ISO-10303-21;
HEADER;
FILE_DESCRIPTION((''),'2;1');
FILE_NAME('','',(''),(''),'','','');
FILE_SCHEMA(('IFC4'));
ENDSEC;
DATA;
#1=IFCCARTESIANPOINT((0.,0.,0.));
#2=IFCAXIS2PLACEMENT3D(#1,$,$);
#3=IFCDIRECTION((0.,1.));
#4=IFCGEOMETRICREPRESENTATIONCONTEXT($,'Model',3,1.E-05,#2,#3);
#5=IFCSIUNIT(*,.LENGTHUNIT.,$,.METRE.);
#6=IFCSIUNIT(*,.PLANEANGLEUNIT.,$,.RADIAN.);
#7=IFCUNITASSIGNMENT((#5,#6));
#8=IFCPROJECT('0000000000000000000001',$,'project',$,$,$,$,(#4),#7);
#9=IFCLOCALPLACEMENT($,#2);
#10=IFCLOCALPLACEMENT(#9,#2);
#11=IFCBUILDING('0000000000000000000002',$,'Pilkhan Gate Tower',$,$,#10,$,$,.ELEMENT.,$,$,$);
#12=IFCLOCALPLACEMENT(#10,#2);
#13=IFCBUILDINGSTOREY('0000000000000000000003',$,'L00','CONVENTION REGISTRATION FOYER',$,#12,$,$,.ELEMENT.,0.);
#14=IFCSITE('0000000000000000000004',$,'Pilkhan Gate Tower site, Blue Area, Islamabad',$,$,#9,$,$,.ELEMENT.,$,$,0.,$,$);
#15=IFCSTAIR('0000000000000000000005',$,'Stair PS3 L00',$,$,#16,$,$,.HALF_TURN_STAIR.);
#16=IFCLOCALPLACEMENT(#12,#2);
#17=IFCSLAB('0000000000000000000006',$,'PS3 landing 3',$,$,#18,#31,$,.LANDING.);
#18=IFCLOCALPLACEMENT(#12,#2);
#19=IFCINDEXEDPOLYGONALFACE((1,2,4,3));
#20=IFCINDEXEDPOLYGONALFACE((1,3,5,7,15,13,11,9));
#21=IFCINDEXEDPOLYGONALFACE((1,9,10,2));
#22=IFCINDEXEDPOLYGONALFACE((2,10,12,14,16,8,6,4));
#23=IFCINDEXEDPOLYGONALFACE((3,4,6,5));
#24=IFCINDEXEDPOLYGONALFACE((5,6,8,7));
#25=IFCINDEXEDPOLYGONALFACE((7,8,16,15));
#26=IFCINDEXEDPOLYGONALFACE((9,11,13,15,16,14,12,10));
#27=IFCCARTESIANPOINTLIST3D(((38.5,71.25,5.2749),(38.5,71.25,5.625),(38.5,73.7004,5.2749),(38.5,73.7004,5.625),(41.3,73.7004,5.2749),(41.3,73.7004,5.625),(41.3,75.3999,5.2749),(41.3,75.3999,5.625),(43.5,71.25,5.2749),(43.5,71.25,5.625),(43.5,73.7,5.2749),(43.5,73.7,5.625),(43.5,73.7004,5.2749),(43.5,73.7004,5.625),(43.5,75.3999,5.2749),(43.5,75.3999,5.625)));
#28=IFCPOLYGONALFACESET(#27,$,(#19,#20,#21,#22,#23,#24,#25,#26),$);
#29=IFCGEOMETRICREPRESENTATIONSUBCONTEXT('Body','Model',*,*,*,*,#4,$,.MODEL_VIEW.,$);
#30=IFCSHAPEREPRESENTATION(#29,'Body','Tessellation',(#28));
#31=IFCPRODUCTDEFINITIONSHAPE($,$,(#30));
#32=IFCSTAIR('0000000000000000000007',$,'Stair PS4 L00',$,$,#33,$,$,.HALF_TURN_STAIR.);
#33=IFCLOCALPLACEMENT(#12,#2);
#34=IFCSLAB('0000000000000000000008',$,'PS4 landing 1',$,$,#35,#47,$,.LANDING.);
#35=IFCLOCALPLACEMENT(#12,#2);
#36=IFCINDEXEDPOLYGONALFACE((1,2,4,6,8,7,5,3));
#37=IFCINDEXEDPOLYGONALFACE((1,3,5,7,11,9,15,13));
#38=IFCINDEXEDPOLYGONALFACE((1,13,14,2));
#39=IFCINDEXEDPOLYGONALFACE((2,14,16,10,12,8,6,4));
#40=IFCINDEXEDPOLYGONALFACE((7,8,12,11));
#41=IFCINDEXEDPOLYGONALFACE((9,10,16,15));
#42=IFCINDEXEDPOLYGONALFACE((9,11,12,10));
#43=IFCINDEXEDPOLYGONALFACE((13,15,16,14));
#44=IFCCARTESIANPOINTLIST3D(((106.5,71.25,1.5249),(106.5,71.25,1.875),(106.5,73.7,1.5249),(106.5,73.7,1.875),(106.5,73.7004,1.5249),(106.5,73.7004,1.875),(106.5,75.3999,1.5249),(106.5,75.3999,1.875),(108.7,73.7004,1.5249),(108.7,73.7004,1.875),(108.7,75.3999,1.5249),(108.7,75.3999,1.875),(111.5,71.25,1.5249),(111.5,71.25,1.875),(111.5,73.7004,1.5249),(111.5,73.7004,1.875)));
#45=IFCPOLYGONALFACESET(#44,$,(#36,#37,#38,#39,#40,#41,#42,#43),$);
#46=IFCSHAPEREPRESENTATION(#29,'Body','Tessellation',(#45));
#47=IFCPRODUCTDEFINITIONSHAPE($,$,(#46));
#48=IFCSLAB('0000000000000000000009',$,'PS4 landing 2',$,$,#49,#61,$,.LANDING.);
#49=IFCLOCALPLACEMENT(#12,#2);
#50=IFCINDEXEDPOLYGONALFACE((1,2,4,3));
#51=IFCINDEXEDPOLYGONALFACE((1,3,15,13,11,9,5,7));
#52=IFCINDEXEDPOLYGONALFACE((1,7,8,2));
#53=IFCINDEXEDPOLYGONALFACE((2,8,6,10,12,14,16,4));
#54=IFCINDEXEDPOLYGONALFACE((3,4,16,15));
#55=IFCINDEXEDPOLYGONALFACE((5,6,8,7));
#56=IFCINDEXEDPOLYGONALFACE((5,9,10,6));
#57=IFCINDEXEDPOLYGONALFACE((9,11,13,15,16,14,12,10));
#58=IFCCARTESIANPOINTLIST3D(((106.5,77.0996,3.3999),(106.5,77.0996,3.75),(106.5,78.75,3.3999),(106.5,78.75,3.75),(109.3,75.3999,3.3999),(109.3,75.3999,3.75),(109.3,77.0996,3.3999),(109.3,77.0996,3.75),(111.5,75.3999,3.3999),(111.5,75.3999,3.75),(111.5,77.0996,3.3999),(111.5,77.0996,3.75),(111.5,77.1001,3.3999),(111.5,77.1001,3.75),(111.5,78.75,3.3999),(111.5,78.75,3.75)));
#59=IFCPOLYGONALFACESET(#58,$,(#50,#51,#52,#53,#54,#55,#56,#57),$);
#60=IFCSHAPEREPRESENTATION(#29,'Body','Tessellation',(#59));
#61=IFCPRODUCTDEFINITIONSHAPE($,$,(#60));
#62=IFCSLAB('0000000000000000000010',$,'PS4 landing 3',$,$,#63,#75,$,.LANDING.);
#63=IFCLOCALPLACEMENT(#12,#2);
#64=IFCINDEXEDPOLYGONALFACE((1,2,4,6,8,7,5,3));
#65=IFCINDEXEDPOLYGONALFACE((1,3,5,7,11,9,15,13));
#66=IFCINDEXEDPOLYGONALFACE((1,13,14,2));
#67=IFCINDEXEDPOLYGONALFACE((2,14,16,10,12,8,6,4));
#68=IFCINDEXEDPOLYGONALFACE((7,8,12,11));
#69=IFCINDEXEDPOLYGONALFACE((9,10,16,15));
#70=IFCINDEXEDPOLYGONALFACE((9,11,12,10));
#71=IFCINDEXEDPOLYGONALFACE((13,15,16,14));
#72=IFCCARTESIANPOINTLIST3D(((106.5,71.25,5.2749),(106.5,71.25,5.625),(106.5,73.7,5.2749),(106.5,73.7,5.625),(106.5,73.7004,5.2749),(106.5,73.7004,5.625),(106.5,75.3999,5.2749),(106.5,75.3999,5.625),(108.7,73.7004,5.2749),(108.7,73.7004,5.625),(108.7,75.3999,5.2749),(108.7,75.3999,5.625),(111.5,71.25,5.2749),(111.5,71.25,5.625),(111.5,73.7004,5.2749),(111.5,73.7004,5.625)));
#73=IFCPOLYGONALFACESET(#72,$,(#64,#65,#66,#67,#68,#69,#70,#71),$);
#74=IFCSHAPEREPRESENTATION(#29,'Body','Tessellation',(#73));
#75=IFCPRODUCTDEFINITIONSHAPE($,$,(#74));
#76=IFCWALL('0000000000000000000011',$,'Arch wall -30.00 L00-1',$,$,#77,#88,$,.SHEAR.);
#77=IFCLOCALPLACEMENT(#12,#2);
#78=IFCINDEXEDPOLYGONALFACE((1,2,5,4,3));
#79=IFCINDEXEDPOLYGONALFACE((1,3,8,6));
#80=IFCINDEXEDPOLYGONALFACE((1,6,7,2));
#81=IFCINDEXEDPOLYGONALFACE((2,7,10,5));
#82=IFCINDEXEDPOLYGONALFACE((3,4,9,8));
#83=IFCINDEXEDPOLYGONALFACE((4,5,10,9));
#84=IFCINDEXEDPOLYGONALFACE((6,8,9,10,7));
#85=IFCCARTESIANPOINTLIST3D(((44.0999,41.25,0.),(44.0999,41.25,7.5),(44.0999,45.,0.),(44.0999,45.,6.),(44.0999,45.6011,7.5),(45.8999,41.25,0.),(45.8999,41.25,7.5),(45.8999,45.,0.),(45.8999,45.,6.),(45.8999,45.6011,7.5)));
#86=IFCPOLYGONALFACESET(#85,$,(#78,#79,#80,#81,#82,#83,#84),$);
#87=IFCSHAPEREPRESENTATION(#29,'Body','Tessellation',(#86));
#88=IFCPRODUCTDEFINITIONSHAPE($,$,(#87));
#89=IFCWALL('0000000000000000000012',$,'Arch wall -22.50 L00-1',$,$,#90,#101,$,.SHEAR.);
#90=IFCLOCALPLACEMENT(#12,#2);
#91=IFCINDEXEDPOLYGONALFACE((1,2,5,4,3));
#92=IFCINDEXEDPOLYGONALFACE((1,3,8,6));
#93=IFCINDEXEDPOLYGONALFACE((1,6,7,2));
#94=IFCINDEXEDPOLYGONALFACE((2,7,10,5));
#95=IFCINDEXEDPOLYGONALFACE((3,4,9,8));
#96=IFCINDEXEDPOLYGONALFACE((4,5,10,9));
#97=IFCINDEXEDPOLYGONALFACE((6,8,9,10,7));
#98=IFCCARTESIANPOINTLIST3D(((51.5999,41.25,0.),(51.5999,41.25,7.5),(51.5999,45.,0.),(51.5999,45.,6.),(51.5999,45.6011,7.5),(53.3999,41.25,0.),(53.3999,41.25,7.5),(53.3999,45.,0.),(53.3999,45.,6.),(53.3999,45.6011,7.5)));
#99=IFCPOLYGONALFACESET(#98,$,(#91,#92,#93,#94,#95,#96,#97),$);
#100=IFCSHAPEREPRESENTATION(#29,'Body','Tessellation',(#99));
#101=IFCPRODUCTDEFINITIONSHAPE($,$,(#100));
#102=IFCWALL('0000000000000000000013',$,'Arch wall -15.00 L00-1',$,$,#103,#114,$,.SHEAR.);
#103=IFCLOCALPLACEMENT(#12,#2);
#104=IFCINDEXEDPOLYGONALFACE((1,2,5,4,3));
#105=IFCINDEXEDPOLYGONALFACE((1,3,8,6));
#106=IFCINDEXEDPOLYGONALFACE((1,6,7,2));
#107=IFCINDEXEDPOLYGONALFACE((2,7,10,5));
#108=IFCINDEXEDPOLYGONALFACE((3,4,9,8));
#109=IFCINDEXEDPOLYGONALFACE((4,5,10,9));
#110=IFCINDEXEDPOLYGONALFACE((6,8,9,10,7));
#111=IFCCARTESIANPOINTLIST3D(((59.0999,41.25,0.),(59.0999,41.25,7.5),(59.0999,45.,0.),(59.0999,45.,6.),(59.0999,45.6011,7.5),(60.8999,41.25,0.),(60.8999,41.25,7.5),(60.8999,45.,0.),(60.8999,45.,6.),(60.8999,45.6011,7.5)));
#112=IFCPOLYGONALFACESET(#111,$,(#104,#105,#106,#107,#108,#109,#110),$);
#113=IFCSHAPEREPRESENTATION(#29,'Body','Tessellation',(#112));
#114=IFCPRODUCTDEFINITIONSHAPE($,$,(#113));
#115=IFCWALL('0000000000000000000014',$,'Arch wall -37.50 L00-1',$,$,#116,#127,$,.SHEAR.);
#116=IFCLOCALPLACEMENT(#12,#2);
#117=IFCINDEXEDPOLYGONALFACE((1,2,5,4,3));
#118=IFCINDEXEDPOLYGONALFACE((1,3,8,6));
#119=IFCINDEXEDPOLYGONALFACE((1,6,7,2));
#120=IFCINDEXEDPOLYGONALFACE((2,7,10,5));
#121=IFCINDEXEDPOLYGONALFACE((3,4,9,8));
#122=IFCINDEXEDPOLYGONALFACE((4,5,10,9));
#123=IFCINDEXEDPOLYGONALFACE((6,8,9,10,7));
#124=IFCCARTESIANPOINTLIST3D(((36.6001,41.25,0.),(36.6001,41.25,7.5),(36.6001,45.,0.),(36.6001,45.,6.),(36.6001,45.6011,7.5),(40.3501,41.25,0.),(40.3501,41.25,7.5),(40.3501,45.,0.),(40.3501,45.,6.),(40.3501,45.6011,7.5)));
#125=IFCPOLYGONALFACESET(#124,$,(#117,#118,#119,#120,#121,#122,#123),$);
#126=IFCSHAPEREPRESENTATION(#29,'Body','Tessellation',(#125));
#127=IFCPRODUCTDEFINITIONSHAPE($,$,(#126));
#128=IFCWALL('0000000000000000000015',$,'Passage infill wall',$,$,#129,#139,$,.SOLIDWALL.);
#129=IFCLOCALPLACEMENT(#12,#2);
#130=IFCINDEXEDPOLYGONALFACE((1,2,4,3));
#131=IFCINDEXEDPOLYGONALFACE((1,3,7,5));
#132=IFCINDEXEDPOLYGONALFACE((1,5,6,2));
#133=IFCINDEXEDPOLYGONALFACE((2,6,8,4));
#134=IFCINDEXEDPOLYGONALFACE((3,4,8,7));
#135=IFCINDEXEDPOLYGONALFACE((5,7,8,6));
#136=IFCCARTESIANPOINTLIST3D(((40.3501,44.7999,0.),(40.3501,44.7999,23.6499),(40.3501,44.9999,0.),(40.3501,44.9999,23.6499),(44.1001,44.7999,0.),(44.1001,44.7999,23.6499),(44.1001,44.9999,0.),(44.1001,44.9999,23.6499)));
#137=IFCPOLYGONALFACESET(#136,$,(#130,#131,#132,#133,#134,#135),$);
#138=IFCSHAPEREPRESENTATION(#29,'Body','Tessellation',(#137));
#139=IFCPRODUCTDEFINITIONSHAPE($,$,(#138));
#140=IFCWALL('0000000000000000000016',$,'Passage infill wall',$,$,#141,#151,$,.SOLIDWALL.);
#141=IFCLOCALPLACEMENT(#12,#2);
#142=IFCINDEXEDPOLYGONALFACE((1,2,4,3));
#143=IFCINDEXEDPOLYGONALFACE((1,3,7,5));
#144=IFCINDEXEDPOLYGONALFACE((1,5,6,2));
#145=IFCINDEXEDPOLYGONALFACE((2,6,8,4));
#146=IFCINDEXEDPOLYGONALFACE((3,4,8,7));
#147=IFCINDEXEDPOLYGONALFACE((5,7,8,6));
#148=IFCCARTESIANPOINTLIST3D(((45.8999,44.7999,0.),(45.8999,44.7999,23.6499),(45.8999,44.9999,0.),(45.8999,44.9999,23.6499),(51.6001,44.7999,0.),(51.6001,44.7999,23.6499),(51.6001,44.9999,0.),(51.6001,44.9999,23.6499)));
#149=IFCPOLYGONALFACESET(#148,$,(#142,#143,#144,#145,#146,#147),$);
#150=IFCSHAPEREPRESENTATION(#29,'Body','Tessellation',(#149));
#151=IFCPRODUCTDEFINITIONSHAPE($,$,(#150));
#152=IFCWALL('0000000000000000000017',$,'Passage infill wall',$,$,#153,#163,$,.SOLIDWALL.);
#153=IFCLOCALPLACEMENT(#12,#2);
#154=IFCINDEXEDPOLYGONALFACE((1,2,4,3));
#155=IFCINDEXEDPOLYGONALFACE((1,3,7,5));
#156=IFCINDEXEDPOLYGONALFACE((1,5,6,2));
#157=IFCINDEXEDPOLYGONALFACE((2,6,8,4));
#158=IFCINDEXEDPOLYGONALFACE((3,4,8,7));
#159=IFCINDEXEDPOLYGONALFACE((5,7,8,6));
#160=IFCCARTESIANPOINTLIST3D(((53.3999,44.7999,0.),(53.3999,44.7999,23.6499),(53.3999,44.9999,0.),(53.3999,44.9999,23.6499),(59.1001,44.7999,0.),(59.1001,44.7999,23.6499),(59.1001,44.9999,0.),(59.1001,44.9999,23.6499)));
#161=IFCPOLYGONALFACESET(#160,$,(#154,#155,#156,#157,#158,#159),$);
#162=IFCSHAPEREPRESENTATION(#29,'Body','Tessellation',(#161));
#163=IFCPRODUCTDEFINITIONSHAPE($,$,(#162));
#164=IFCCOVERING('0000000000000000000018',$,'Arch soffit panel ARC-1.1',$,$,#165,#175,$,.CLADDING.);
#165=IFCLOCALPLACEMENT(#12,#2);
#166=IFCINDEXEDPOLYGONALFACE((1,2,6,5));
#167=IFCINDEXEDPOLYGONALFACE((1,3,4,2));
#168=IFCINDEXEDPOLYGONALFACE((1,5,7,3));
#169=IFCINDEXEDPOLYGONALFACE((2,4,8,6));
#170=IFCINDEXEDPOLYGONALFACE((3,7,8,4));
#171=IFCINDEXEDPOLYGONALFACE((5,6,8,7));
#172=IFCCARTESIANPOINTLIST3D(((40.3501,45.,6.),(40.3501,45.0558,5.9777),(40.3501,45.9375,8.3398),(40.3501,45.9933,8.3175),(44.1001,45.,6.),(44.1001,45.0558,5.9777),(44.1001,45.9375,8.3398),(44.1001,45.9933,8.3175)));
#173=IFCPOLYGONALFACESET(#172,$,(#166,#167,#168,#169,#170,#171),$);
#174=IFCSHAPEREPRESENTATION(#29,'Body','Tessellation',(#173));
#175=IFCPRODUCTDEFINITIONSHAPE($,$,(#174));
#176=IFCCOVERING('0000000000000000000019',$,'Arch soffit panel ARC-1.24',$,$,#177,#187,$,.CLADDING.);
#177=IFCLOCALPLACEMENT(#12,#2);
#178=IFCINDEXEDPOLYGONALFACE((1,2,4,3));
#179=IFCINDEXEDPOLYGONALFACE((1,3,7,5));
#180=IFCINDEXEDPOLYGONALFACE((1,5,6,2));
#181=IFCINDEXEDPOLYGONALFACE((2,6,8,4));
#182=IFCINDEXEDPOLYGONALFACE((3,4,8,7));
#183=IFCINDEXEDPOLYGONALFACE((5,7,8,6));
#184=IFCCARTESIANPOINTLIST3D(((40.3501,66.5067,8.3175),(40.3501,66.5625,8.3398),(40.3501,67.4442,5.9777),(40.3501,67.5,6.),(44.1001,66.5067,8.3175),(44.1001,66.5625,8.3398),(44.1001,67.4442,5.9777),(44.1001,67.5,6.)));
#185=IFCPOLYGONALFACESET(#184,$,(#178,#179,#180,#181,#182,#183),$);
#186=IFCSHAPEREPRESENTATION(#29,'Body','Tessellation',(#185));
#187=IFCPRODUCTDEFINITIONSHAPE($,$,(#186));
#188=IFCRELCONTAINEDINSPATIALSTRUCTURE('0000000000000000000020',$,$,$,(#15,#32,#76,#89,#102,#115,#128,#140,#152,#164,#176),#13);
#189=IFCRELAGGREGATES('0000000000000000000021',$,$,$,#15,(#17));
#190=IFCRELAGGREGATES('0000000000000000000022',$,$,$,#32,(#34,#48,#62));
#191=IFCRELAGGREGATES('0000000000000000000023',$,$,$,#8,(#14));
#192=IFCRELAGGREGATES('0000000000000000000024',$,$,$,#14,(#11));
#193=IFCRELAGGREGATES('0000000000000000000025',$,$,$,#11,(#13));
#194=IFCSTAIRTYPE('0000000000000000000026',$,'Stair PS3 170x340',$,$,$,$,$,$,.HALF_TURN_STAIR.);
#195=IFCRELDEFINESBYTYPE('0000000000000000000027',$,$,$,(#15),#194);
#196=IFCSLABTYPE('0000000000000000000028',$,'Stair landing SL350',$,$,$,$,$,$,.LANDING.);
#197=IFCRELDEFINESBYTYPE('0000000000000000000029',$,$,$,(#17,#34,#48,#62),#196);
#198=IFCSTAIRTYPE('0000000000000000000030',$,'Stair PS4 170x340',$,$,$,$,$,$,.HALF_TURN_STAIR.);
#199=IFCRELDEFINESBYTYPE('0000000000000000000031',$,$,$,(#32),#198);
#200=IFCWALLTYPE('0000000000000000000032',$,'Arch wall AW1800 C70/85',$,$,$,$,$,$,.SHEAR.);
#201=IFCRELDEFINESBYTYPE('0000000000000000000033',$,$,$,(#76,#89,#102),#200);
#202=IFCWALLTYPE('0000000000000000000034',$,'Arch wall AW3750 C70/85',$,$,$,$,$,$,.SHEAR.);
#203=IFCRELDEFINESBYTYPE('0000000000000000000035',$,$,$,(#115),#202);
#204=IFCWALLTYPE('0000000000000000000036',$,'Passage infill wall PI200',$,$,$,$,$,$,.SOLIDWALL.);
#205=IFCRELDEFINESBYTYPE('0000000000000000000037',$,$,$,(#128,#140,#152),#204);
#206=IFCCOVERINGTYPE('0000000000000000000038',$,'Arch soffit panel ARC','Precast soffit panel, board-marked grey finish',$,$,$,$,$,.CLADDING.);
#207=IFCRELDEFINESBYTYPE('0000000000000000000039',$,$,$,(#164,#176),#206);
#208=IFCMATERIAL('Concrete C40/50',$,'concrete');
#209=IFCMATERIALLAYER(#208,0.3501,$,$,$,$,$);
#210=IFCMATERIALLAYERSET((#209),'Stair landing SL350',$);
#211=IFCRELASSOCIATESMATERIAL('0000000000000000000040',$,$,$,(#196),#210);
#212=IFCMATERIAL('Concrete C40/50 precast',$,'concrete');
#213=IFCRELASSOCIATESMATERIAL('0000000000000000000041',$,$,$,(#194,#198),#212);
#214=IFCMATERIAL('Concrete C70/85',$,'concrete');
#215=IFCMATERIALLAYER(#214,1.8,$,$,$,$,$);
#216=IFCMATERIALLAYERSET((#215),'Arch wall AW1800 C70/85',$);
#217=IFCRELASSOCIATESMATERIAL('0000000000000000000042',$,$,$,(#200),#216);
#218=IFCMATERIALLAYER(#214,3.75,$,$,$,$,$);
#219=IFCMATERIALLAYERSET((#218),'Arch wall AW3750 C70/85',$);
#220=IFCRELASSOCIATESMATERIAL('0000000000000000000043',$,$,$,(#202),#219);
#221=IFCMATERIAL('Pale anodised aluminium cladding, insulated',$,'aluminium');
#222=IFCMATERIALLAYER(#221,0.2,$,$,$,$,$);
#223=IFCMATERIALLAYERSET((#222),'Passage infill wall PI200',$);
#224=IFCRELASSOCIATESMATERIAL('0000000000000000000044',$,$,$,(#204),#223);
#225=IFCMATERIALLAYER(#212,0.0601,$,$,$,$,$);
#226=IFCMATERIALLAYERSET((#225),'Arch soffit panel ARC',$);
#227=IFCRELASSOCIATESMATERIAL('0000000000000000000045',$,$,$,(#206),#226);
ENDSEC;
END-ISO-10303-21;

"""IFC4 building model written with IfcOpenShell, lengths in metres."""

from ifc_helpers import new_model, si_unit, direction, frame, frame_2d, origin, place, context, subcontext, project, spatial, polyline, rectangle, outline, extrude, material, layer, layer_set, type_object, element, aggregate, save


model = new_model("IFC4")

# Units and contexts
model_context = context("Model", 3, precision=1e-05, world=origin(), true_north=direction((0.0, 1.0)))
body_context = subcontext(model_context, "Body", "Model", "MODEL_VIEW")
ifc_project = project(units=[si_unit("LENGTHUNIT", "METRE"), si_unit("PLANEANGLEUNIT", "RADIAN")], contexts=[model_context])

# Site, building, storey
site_placement = place(None, origin())
site = spatial("IfcSite", under=ifc_project, at=site_placement, Name="Pilkhan Gate Tower site, Blue Area, Islamabad", CompositionType="ELEMENT", RefElevation=0.0)
building_placement = place(site_placement, origin())
building = spatial("IfcBuilding", under=site, at=building_placement, Name="Pilkhan Gate Tower", CompositionType="ELEMENT")
storey_placement = place(building_placement, origin())
storey = spatial("IfcBuildingStorey", under=building, at=storey_placement, Name="L00", Description="CONVENTION REGISTRATION FOYER", CompositionType="ELEMENT", Elevation=0.0)

# Stairs, slabs
ifc_material_1 = material(Name="Concrete C40/50 precast", Category="concrete")
ifc_material_2 = material(Name="Concrete C40/50", Category="concrete")
ifc_layer_1 = layer(ifc_material_2, 0.3501)
ifc_layer_set_1 = layer_set([ifc_layer_1], Name="Stair landing SL350")
slab_type_1 = type_object("IfcSlabType", Name="Stair landing SL350", PredefinedType="LANDING", material=ifc_layer_set_1)
stair_type_1 = type_object("IfcStairType", Name="Stair PS3 170x340", PredefinedType="HALF_TURN_STAIR", material=ifc_material_1)
stair_1_placement = place(storey_placement, origin())
stair_1 = element("IfcStair", 1, at=stair_1_placement, inside=storey, type_object=stair_type_1, Name="Stair PS3 L00", PredefinedType="HALF_TURN_STAIR")
slab_1_placement = place(storey_placement, frame((0.0, 0.0, 5.2749)))
slab_1 = element("IfcSlab", 2, at=slab_1_placement, type_object=slab_type_1, Name="PS3 landing 3", PredefinedType="LANDING", context=body_context, shape_type="SweptSolid", body=[
    extrude(outline(polyline([(43.5, 75.3999), (41.3, 75.3999), (41.3, 73.7004), (38.5, 73.7004), (38.5, 71.25), (43.5, 71.25), (43.5, 73.7), (43.5, 73.7004), (43.5, 75.3999)])), origin(), (0.0, 0.0, 1.0), 0.3501),
])
aggregate(stair_1, [slab_1])
stair_type_2 = type_object("IfcStairType", Name="Stair PS4 170x340", PredefinedType="HALF_TURN_STAIR", material=ifc_material_1)
stair_2_placement = place(storey_placement, origin())
stair_2 = element("IfcStair", 3, at=stair_2_placement, inside=storey, type_object=stair_type_2, Name="Stair PS4 L00", PredefinedType="HALF_TURN_STAIR")
slab_2_placement = place(storey_placement, frame((0.0, 0.0, 1.5249)))
slab_2 = element("IfcSlab", 4, at=slab_2_placement, type_object=slab_type_1, Name="PS4 landing 1", PredefinedType="LANDING", context=body_context, shape_type="SweptSolid", body=[
    extrude(outline(polyline([(106.5, 75.3999), (108.7, 75.3999), (108.7, 73.7004), (111.5, 73.7004), (111.5, 71.25), (106.5, 71.25), (106.5, 73.7), (106.5, 73.7004), (106.5, 75.3999)])), origin(), (0.0, 0.0, 1.0), 0.3501),
])
slab_3_placement = place(storey_placement, frame((0.0, 0.0, 3.3999)))
slab_3 = element("IfcSlab", 5, at=slab_3_placement, type_object=slab_type_1, Name="PS4 landing 2", PredefinedType="LANDING", context=body_context, shape_type="SweptSolid", body=[
    extrude(outline(polyline([(106.5, 77.0996), (106.5, 78.75), (111.5, 78.75), (111.5, 77.1001), (111.5, 77.0996), (111.5, 75.3999), (109.3, 75.3999), (109.3, 77.0996), (106.5, 77.0996)])), origin(), (0.0, 0.0, 1.0), 0.3501),
])
slab_4_placement = place(storey_placement, frame((0.0, 0.0, 5.2749)))
slab_4 = element("IfcSlab", 6, at=slab_4_placement, type_object=slab_type_1, Name="PS4 landing 3", PredefinedType="LANDING", context=body_context, shape_type="SweptSolid", body=[
    extrude(outline(polyline([(106.5, 75.3999), (108.7, 75.3999), (108.7, 73.7004), (111.5, 73.7004), (111.5, 71.25), (106.5, 71.25), (106.5, 73.7), (106.5, 73.7004), (106.5, 75.3999)])), origin(), (0.0, 0.0, 1.0), 0.3501),
])
aggregate(stair_2, [slab_2, slab_3, slab_4])

# Walls
ifc_material_3 = material(Name="Concrete C70/85", Category="concrete")
ifc_layer_2 = layer(ifc_material_3, 1.8)
ifc_layer_set_2 = layer_set([ifc_layer_2], Name="Arch wall AW1800 C70/85")
wall_type_1 = type_object("IfcWallType", Name="Arch wall AW1800 C70/85", PredefinedType="SHEAR", material=ifc_layer_set_2)
for number, where, z_axis, x_axis, name in (
    (7, (45.8999, 45.6011, 7.5), (1.0, 0.0, 0.0), (0.0, -1.0, 0.0), "Arch wall -30.00 L00-1"),
    (8, (53.3999, 45.6011, 7.5), (1.0, 0.0, 0.0), (0.0, -1.0, 0.0), "Arch wall -22.50 L00-1"),
    (9, (60.8999, 45.6011, 7.5), (1.0, 0.0, 0.0), (0.0, -1.0, 0.0), "Arch wall -15.00 L00-1"),
):
    element("IfcWall", number, at=place(storey_placement, frame(where, z_axis=z_axis, x_axis=x_axis)), inside=storey, type_object=wall_type_1, Name=name, PredefinedType="SHEAR", context=body_context, shape_type="SweptSolid", body=[
        extrude(outline(polyline([(0.0, 0.0), (4.3511, 0.0), (4.3511, 7.5), (0.6011, 7.5), (0.6011, 1.5), (0.0, 0.0)])), origin(), (0.0, 0.0, -1.0), 1.8),
    ])
ifc_layer_3 = layer(ifc_material_3, 3.75)
ifc_layer_set_3 = layer_set([ifc_layer_3], Name="Arch wall AW3750 C70/85")
wall_type_2 = type_object("IfcWallType", Name="Arch wall AW3750 C70/85", PredefinedType="SHEAR", material=ifc_layer_set_3)
wall_1_placement = place(storey_placement, frame((40.3501, 45.6011, 7.5), z_axis=(1.0, 0.0, 0.0), x_axis=(0.0, -1.0, 0.0)))
element("IfcWall", 10, at=wall_1_placement, inside=storey, type_object=wall_type_2, Name="Arch wall -37.50 L00-1", PredefinedType="SHEAR", context=body_context, shape_type="SweptSolid", body=[
    extrude(outline(polyline([(0.0, 0.0), (4.3511, 0.0), (4.3511, 7.5), (0.6011, 7.5), (0.6011, 1.5), (0.0, 0.0)])), origin(), (0.0, 0.0, -1.0), 3.75),
])
ifc_material_4 = material(Name="Pale anodised aluminium cladding, insulated", Category="aluminium")
ifc_layer_4 = layer(ifc_material_4, 0.2)
ifc_layer_set_4 = layer_set([ifc_layer_4], Name="Passage infill wall PI200")
wall_type_3 = type_object("IfcWallType", Name="Passage infill wall PI200", PredefinedType="SOLIDWALL", material=ifc_layer_set_4)
wall_2_placement = place(storey_placement, frame((44.1001, 44.8999, 0.0), z_axis=(0.0, 0.0, 1.0), x_axis=(-1.0, 0.0, 0.0)))
element("IfcWall", 11, at=wall_2_placement, inside=storey, type_object=wall_type_3, Name="Passage infill wall", PredefinedType="SOLIDWALL", context=body_context, shape_type="SweptSolid", body=[
    extrude(rectangle(XDim=3.75, YDim=0.2, at=frame_2d((1.875, 0.0))), origin(), (0.0, 0.0, 1.0), 23.6499),
])
for number, where, z_axis, x_axis, name in (
    (12, (51.6001, 44.8999, 0.0), (0.0, 0.0, 1.0), (-1.0, 0.0, 0.0), "Passage infill wall"),
    (13, (59.1001, 44.8999, 0.0), (0.0, 0.0, 1.0), (-1.0, 0.0, 0.0), "Passage infill wall"),
):
    element("IfcWall", number, at=place(storey_placement, frame(where, z_axis=z_axis, x_axis=x_axis)), inside=storey, type_object=wall_type_3, Name=name, PredefinedType="SOLIDWALL", context=body_context, shape_type="SweptSolid", body=[
        extrude(rectangle(XDim=5.7002, YDim=0.2, at=frame_2d((2.8501, 0.0))), origin(), (0.0, 0.0, 1.0), 23.6499),
    ])

# Coverings
ifc_layer_5 = layer(ifc_material_1, 0.0601)
ifc_layer_set_5 = layer_set([ifc_layer_5], Name="Arch soffit panel ARC")
covering_type = type_object("IfcCoveringType", Name="Arch soffit panel ARC", Description="Precast soffit panel, board-marked grey finish", PredefinedType="CLADDING", material=ifc_layer_set_5)
for number, where, z_axis, x_axis, name in (
    (14, (40.3501, 45.0, 6.0), (0.0, -0.928263, 0.371925), (1.0, 0.0, 0.0), "Arch soffit panel ARC-1.1"),
    (15, (40.3501, 66.5625, 8.3398), (0.0, 0.928263, 0.371925), (1.0, 0.0, 0.0), "Arch soffit panel ARC-1.24"),
):
    element("IfcCovering", number, at=place(storey_placement, frame(where, z_axis=z_axis, x_axis=x_axis)), inside=storey, type_object=covering_type, Name=name, PredefinedType="CLADDING", context=body_context, shape_type="SweptSolid", body=[
        extrude(outline(polyline([(0.0, 0.0), (3.75, 0.0), (3.75, 2.5207), (0.0, 2.5207), (0.0, 0.0)])), origin(), (0.0, 0.0, -1.0), 0.0601),
    ])

save(model, "model.ifc")
